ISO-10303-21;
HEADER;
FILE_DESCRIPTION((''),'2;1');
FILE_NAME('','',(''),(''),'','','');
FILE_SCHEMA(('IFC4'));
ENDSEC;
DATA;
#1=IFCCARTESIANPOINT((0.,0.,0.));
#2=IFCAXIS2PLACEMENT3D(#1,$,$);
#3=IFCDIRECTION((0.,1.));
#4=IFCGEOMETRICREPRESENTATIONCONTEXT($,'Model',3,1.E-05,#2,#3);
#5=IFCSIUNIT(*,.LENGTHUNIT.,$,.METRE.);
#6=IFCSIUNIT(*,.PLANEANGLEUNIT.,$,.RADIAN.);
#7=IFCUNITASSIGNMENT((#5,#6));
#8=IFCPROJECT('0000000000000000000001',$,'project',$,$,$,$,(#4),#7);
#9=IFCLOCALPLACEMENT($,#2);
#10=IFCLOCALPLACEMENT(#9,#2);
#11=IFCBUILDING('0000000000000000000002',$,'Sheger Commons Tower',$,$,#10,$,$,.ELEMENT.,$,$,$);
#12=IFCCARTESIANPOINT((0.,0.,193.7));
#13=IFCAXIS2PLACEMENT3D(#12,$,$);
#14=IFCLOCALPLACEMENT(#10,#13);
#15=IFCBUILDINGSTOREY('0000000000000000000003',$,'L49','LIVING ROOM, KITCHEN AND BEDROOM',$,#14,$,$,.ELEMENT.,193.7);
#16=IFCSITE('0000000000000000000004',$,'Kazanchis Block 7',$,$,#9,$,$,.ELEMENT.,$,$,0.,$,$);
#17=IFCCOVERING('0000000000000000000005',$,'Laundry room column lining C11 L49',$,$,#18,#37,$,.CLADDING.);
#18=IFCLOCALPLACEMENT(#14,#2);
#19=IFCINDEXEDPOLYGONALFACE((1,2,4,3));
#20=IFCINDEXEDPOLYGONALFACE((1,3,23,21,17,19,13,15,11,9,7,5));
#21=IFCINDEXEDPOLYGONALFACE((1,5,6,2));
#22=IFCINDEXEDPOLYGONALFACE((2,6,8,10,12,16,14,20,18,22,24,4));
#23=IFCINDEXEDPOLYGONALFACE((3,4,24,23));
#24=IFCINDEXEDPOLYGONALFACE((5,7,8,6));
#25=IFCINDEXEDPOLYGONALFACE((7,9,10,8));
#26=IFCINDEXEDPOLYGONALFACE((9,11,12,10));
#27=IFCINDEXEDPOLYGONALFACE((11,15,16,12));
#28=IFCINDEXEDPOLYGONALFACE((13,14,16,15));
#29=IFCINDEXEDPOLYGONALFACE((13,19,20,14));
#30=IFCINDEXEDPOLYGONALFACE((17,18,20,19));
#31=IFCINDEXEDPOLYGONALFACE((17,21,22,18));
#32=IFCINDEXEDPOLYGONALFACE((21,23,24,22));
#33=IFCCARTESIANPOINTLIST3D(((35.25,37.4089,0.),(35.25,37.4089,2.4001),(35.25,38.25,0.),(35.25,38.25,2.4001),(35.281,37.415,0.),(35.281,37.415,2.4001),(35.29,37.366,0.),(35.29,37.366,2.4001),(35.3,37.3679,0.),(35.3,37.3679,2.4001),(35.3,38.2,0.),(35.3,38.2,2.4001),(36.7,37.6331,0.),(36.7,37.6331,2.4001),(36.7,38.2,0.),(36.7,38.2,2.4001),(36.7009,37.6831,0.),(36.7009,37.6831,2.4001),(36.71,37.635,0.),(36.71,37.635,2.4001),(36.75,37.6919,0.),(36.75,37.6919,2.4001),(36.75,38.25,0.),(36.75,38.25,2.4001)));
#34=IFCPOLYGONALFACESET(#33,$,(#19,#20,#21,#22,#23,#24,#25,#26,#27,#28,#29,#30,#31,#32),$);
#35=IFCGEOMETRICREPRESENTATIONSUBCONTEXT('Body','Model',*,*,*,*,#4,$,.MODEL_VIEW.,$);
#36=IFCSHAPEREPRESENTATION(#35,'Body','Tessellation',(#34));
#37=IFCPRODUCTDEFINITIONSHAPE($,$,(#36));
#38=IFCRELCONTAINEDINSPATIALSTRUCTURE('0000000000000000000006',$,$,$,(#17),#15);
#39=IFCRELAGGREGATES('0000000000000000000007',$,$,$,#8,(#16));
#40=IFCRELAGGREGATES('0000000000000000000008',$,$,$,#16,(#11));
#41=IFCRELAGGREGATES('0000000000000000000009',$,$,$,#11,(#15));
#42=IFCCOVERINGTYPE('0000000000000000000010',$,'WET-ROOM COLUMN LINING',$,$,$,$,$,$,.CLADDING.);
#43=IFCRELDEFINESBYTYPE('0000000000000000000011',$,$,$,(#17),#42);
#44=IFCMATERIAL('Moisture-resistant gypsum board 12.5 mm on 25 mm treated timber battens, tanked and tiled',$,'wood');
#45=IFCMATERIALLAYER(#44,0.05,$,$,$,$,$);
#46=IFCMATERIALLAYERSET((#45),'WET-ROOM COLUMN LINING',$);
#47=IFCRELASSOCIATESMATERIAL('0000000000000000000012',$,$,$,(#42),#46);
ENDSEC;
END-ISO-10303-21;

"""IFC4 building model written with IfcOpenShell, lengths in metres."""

from ifc_helpers import new_model, si_unit, direction, frame, origin, place, context, subcontext, project, spatial, polyline, outline, extrude, material, layer, layer_set, type_object, element, save


model = new_model("IFC4")

# Units and contexts
model_context = context("Model", 3, precision=1e-05, world=origin(), true_north=direction((0.0, 1.0)))
body_context = subcontext(model_context, "Body", "Model", "MODEL_VIEW")
ifc_project = project(units=[si_unit("LENGTHUNIT", "METRE"), si_unit("PLANEANGLEUNIT", "RADIAN")], contexts=[model_context])

# Site, building, storey
site_placement = place(None, origin())
site = spatial("IfcSite", under=ifc_project, at=site_placement, Name="Kazanchis Block 7", CompositionType="ELEMENT", RefElevation=0.0)
building_placement = place(site_placement, origin())
building = spatial("IfcBuilding", under=site, at=building_placement, Name="Sheger Commons Tower", CompositionType="ELEMENT")
storey_placement = place(building_placement, frame((0.0, 0.0, 193.7)))
storey = spatial("IfcBuildingStorey", under=building, at=storey_placement, Name="L49", Description="LIVING ROOM, KITCHEN AND BEDROOM", CompositionType="ELEMENT", Elevation=193.7)

# Covering
ifc_material_1 = material(Name="Moisture-resistant gypsum board 12.5 mm on 25 mm treated timber battens, tanked and tiled", Category="wood")
ifc_layer_1 = layer(ifc_material_1, 0.05)
ifc_layer_set_1 = layer_set([ifc_layer_1], Name="WET-ROOM COLUMN LINING")
covering_type_1 = type_object("IfcCoveringType", Name="WET-ROOM COLUMN LINING", PredefinedType="CLADDING", material=ifc_layer_set_1)
covering_1_placement = place(storey_placement, origin())
element("IfcCovering", 1, at=covering_1_placement, inside=storey, type_object=covering_type_1, Name="Laundry room column lining C11 L49", PredefinedType="CLADDING", context=body_context, shape_type="SweptSolid", body=[
    extrude(outline(polyline([(36.75, 38.25), (36.75, 37.6919), (36.7009, 37.6831), (36.71, 37.635), (36.7, 37.6331), (36.7, 38.2), (35.3, 38.2), (35.3, 37.3679), (35.29, 37.366), (35.281, 37.415), (35.25, 37.4089), (35.25, 38.25), (36.75, 38.25)])), origin(), (0.0, 0.0, 1.0), 2.4001),
])

save(model, "model.ifc")
